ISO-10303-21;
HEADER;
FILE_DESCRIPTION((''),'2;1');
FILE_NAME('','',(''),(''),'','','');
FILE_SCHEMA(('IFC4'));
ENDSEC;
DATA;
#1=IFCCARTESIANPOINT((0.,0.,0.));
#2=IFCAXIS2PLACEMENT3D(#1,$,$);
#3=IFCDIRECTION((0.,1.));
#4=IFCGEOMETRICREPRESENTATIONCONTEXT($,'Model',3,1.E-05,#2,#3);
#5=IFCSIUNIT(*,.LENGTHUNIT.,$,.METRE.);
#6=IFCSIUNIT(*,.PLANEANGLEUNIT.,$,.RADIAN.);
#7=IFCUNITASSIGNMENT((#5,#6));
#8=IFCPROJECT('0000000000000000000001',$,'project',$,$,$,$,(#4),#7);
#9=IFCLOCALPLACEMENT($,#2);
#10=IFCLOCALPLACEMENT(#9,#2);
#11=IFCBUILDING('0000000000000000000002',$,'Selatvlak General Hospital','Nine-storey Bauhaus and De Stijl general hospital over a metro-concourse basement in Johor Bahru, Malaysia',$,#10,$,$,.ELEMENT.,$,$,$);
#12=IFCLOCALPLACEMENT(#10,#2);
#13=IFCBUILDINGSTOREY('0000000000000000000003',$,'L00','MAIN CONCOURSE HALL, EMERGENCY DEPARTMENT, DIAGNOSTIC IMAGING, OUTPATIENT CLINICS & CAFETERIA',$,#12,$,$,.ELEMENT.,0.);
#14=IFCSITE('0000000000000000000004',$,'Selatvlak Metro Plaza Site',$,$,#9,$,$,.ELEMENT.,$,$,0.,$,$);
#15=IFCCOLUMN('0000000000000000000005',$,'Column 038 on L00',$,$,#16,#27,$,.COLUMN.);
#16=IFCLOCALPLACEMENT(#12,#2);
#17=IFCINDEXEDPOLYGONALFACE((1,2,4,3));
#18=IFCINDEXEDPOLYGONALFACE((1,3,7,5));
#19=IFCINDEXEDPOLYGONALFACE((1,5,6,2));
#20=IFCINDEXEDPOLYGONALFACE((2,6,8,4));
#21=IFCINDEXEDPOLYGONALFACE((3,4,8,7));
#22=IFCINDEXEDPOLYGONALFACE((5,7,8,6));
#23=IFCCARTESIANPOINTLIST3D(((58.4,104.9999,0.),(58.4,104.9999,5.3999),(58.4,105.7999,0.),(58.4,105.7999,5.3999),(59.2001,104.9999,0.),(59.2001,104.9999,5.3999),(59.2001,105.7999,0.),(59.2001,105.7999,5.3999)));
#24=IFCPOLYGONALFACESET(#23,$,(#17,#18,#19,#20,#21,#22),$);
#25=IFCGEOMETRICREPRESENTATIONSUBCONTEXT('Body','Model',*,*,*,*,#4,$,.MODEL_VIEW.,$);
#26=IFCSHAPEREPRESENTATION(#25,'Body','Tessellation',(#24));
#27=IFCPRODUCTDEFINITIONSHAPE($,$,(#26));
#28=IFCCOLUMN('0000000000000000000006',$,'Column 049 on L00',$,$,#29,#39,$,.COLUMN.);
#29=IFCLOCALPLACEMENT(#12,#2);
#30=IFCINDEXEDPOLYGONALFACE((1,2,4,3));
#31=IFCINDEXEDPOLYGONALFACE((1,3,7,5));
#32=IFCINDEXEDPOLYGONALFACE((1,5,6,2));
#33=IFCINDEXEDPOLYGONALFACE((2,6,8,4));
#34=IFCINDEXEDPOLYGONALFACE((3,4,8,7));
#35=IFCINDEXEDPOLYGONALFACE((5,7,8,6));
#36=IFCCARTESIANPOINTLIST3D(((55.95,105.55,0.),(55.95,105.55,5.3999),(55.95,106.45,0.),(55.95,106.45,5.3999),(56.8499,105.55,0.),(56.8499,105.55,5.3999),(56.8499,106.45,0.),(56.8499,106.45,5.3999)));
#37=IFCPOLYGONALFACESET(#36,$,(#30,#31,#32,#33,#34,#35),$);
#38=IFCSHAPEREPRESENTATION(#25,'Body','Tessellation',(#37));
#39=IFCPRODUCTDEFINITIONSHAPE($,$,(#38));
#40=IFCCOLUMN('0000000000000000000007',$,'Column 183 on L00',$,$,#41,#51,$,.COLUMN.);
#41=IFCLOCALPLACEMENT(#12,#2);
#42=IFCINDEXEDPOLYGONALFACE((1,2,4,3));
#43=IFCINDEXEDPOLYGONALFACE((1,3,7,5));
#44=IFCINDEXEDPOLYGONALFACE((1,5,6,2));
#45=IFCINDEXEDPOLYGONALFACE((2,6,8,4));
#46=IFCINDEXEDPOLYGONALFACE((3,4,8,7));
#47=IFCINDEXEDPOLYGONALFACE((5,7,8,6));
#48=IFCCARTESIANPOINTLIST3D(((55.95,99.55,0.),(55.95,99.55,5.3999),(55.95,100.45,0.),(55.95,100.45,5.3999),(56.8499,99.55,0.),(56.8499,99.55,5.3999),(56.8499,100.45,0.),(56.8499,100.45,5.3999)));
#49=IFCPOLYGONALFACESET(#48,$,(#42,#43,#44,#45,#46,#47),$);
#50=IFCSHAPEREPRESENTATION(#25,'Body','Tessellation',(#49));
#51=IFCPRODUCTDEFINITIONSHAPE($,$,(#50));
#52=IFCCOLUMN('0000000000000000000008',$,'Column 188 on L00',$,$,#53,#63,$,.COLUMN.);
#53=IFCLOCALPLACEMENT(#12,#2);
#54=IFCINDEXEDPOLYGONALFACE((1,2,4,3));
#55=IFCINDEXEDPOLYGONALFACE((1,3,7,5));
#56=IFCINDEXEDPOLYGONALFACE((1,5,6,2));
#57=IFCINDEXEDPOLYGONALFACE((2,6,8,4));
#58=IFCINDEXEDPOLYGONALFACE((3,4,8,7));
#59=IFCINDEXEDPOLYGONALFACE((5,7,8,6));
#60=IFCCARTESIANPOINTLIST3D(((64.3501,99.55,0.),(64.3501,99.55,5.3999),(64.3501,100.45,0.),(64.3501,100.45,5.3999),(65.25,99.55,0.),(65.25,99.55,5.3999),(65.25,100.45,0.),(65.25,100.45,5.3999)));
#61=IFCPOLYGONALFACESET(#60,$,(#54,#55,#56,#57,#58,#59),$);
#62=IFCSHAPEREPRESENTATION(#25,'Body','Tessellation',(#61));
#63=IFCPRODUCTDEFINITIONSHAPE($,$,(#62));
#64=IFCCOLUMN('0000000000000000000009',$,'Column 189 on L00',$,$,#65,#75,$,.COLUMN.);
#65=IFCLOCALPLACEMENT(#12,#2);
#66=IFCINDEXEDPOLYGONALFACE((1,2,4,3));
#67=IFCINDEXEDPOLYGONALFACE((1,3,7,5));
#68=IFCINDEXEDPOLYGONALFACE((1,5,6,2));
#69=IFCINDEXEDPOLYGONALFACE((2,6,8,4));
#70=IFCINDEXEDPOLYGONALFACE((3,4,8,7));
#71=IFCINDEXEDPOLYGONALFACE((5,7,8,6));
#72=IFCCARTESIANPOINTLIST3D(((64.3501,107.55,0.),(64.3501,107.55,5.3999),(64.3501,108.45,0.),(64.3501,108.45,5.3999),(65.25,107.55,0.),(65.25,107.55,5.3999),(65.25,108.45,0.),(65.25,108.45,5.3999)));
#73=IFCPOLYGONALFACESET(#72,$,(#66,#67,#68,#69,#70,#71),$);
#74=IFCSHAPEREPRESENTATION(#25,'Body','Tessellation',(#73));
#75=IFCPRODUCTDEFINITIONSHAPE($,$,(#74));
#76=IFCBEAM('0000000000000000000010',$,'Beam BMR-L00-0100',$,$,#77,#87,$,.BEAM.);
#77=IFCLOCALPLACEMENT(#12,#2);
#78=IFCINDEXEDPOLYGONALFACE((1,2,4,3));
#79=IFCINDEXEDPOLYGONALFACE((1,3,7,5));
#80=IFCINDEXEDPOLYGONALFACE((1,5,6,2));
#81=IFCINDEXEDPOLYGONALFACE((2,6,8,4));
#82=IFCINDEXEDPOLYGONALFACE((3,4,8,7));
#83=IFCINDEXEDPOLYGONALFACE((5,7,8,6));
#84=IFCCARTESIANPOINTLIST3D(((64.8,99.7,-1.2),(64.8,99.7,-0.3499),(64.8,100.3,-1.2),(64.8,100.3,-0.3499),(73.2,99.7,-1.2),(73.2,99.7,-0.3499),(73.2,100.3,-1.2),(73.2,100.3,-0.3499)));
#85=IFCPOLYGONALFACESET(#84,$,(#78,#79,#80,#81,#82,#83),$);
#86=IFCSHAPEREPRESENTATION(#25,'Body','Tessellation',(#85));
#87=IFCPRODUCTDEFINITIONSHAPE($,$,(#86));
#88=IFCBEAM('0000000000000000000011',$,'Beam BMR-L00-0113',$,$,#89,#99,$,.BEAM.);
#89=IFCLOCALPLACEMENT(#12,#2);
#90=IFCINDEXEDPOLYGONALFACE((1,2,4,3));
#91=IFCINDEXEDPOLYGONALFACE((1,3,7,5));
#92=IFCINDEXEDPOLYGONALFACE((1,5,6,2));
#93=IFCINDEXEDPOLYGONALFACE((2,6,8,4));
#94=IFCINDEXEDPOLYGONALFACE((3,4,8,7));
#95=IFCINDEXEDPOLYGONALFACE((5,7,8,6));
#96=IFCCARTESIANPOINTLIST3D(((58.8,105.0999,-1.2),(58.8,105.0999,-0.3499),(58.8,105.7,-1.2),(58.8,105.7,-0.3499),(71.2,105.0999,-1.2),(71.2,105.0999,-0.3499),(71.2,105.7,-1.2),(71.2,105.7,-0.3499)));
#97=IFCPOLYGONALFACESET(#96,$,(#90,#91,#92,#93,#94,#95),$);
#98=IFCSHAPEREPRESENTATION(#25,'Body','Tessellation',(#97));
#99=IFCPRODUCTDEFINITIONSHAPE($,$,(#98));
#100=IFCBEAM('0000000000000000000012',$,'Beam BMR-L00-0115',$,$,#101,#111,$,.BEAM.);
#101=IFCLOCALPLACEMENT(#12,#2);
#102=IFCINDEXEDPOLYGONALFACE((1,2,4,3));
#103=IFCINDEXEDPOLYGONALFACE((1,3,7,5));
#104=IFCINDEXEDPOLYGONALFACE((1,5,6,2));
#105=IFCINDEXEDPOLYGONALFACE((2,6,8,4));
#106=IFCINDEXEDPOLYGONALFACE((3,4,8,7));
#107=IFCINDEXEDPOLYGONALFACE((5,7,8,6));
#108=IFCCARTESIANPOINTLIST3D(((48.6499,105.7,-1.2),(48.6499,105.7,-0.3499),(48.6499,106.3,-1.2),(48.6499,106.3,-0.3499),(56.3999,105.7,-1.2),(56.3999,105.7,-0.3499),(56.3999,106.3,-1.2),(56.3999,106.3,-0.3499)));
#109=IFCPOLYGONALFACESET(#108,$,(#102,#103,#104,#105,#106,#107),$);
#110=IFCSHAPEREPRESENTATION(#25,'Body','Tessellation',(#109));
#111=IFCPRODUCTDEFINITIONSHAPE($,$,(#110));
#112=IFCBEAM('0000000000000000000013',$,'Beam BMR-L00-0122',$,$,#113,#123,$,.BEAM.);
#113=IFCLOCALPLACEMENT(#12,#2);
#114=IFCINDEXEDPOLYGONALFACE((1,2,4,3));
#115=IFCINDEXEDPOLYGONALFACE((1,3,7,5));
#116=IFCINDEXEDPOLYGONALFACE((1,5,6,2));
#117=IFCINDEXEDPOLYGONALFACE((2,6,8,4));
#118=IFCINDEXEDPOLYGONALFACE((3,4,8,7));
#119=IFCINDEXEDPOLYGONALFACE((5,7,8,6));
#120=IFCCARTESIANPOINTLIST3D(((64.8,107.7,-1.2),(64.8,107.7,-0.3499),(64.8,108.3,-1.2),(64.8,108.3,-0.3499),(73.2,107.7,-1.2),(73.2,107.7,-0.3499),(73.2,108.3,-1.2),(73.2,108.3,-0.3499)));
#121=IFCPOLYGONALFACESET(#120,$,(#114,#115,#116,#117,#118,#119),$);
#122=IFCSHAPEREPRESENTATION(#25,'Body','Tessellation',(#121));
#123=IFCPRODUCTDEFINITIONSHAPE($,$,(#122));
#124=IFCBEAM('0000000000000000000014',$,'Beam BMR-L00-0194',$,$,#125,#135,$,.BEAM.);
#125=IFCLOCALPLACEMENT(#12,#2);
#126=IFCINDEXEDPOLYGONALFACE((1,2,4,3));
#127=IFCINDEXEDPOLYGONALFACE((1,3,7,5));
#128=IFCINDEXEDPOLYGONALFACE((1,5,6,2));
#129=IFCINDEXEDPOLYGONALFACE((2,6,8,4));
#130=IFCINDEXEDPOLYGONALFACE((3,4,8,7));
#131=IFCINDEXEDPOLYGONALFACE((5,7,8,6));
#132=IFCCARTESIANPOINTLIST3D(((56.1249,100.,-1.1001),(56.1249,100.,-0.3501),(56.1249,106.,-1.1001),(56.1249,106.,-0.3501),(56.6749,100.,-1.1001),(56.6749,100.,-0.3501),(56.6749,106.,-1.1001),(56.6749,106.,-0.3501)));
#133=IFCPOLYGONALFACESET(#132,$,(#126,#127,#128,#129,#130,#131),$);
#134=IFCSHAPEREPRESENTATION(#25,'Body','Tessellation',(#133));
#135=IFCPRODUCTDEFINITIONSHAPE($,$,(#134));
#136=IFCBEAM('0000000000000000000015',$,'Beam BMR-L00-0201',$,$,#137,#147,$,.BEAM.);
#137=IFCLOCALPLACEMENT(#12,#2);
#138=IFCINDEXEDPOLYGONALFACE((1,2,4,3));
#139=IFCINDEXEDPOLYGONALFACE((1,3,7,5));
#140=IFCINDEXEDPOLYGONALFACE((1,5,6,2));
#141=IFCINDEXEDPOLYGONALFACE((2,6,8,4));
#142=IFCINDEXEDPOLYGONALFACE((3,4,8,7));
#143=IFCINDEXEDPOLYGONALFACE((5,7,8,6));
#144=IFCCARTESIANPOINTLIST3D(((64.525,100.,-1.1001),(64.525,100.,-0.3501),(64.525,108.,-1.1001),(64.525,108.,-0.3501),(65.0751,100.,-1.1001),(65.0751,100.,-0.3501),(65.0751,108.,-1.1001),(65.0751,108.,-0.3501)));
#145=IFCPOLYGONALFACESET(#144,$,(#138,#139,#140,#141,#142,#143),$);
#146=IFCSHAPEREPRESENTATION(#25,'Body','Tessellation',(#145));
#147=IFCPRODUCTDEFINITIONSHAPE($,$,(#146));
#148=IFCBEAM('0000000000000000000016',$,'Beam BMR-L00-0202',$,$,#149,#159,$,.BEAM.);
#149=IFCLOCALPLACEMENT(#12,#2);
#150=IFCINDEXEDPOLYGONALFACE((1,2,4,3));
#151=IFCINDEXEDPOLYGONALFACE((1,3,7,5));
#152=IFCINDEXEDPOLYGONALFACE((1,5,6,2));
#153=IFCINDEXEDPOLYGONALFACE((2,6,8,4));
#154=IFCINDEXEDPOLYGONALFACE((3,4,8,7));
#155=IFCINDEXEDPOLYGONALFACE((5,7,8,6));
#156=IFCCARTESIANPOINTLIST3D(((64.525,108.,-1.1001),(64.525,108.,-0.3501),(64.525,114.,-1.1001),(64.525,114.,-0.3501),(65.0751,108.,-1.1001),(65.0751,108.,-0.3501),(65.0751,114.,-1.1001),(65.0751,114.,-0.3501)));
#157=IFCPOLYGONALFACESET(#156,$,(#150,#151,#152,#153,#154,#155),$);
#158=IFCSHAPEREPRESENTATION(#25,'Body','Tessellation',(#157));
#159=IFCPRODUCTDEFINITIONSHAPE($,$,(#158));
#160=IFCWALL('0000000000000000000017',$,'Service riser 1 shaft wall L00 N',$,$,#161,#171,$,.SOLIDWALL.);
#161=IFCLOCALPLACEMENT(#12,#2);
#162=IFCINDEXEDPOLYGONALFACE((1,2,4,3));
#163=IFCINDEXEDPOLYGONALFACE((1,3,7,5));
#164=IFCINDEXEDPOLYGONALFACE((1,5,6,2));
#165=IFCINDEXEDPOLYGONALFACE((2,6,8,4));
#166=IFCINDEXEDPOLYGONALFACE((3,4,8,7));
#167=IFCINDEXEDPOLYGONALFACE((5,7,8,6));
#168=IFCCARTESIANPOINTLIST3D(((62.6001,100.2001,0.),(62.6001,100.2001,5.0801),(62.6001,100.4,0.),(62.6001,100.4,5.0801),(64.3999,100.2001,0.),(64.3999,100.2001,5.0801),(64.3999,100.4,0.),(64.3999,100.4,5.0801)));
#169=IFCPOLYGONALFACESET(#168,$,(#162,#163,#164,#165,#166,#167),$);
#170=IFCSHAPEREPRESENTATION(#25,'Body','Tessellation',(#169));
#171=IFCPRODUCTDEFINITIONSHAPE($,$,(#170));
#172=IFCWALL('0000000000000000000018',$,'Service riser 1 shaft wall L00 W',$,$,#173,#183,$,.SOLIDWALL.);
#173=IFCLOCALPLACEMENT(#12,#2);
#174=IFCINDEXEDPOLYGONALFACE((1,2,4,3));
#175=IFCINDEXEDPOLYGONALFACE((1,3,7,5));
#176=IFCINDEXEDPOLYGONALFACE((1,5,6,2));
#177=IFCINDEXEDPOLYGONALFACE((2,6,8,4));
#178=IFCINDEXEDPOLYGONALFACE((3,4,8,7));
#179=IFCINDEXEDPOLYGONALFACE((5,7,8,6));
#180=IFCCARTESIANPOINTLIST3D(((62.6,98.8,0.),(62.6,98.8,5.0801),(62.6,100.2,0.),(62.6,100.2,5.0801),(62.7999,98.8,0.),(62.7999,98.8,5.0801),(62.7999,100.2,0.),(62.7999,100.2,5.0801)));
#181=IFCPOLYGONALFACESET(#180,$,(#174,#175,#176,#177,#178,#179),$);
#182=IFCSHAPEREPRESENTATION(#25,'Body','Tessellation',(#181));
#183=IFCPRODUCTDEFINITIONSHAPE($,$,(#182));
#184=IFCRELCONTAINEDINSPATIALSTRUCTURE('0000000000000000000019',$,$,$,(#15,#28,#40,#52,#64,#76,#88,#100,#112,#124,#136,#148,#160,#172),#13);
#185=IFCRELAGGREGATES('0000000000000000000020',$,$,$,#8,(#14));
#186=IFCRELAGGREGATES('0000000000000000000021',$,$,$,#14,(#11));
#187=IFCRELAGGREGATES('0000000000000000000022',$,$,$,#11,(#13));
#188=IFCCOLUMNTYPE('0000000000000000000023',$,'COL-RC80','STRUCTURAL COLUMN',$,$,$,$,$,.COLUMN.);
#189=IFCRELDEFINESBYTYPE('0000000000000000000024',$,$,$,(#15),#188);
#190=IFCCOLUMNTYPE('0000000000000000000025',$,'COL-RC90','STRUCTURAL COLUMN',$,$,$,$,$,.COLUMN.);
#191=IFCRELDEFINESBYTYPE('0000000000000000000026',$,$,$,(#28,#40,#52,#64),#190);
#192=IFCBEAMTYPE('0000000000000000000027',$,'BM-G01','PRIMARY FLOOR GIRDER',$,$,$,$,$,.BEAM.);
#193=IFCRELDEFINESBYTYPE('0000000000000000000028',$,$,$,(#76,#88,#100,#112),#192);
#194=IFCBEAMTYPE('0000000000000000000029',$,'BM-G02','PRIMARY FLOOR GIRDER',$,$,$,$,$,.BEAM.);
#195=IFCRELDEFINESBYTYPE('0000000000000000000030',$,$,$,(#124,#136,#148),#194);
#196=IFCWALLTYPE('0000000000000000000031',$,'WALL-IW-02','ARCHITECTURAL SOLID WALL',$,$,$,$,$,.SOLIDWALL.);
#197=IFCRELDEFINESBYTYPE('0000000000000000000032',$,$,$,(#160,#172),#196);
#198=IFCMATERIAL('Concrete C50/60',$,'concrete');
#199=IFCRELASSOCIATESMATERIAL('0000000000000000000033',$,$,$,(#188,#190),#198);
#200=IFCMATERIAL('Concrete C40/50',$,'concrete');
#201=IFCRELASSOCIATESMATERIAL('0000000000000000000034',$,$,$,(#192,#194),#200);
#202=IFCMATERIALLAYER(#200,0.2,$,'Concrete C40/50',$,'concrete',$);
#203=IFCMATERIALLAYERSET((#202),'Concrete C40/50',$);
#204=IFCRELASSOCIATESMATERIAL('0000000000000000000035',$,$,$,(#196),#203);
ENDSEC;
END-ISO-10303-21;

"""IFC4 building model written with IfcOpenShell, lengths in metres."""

from ifc_helpers import new_model, si_unit, direction, frame, frame_2d, origin, origin_2d, place, context, subcontext, project, spatial, rectangle, extrude, material, layer, layer_set, material_profile, profile_set, type_object, element, save


model = new_model("IFC4")

# Units and contexts
model_context = context("Model", 3, precision=1e-05, world=origin(), true_north=direction((0.0, 1.0)))
body_context = subcontext(model_context, "Body", "Model", "MODEL_VIEW")
ifc_project = project(units=[si_unit("LENGTHUNIT", "METRE"), si_unit("PLANEANGLEUNIT", "RADIAN")], contexts=[model_context])

# Site, building, storey
site_placement = place(None, origin())
site = spatial("IfcSite", under=ifc_project, at=site_placement, Name="Selatvlak Metro Plaza Site", CompositionType="ELEMENT", RefElevation=0.0)
building_placement = place(site_placement, origin())
building = spatial("IfcBuilding", under=site, at=building_placement, Name="Selatvlak General Hospital", Description="Nine-storey Bauhaus and De Stijl general hospital over a metro-concourse basement in Johor Bahru, Malaysia", CompositionType="ELEMENT")
storey_placement = place(building_placement, origin())
storey = spatial("IfcBuildingStorey", under=building, at=storey_placement, Name="L00", Description="MAIN CONCOURSE HALL, EMERGENCY DEPARTMENT, DIAGNOSTIC IMAGING, OUTPATIENT CLINICS & CAFETERIA", CompositionType="ELEMENT", Elevation=0.0)

# Columns
ifc_material_1 = material(Name="Concrete C50/60", Category="concrete")
ifc_material_profile_1 = material_profile(ifc_material_1, rectangle(XDim=0.8, YDim=0.8, at=origin_2d()), Name="RC-COL 800x800")
ifc_profile_set_1 = profile_set([ifc_material_profile_1], Name="Concrete C50/60")
column_type_1 = type_object("IfcColumnType", Name="COL-RC80", Description="STRUCTURAL COLUMN", PredefinedType="COLUMN", material=ifc_profile_set_1)
column_placement = place(storey_placement, frame((58.8, 105.3999, 0.0), z_axis=(0.0, 0.0, 1.0), x_axis=(1.0, 0.0, 0.0)))
element("IfcColumn", 1, at=column_placement, inside=storey, type_object=column_type_1, Name="Column 038 on L00", PredefinedType="COLUMN", context=body_context, shape_type="SweptSolid", body=[
    extrude(rectangle(XDim=0.8, YDim=0.8, at=origin_2d()), origin(), (0.0, 0.0, 1.0), 5.3999),
])
ifc_material_profile_2 = material_profile(ifc_material_1, rectangle(XDim=0.8999, YDim=0.8999, at=origin_2d()), Name="RC-COL 900x900")
ifc_profile_set_2 = profile_set([ifc_material_profile_2], Name="Concrete C50/60")
column_type_2 = type_object("IfcColumnType", Name="COL-RC90", Description="STRUCTURAL COLUMN", PredefinedType="COLUMN", material=ifc_profile_set_2)
for number, where, z_axis, x_axis, name in (
    (2, (56.3999, 106.0, 0.0), (0.0, 0.0, 1.0), (1.0, 0.0, 0.0), "Column 049 on L00"),
    (3, (56.3999, 100.0, 0.0), (0.0, 0.0, 1.0), (1.0, 0.0, 0.0), "Column 183 on L00"),
    (4, (64.8, 100.0, 0.0), (0.0, 0.0, 1.0), (1.0, 0.0, 0.0), "Column 188 on L00"),
    (5, (64.8, 108.0, 0.0), (0.0, 0.0, 1.0), (1.0, 0.0, 0.0), "Column 189 on L00"),
):
    element("IfcColumn", number, at=place(storey_placement, frame(where, z_axis=z_axis, x_axis=x_axis)), inside=storey, type_object=column_type_2, Name=name, PredefinedType="COLUMN", context=body_context, shape_type="SweptSolid", body=[
        extrude(rectangle(XDim=0.8999, YDim=0.8999, at=origin_2d()), origin(), (0.0, 0.0, 1.0), 5.3999),
    ])

# Beams
ifc_material_2 = material(Name="Concrete C40/50", Category="concrete")
ifc_material_profile_3 = material_profile(ifc_material_2, rectangle(XDim=0.6001, YDim=0.8501, at=origin_2d()), Name="RC-BM 600x850")
ifc_profile_set_3 = profile_set([ifc_material_profile_3], Name="Concrete C40/50")
beam_type_1 = type_object("IfcBeamType", Name="BM-G01", Description="PRIMARY FLOOR GIRDER", PredefinedType="BEAM", material=ifc_profile_set_3)
beam_1_placement = place(storey_placement, frame((64.8, 100.0, -0.7749), z_axis=(1.0, 0.0, 0.0), x_axis=(0.0, 1.0, 0.0)))
element("IfcBeam", 6, at=beam_1_placement, inside=storey, type_object=beam_type_1, Name="Beam BMR-L00-0100", PredefinedType="BEAM", context=body_context, shape_type="SweptSolid", body=[
    extrude(rectangle(XDim=0.6001, YDim=0.8501, at=origin_2d()), origin(), (0.0, 0.0, 1.0), 8.3999),
])
beam_2_placement = place(storey_placement, frame((58.8, 105.3999, -0.7749), z_axis=(1.0, 0.0, 0.0), x_axis=(0.0, 1.0, 0.0)))
element("IfcBeam", 7, at=beam_2_placement, inside=storey, type_object=beam_type_1, Name="Beam BMR-L00-0113", PredefinedType="BEAM", context=body_context, shape_type="SweptSolid", body=[
    extrude(rectangle(XDim=0.6001, YDim=0.8501, at=origin_2d()), origin(), (0.0, 0.0, 1.0), 12.3999),
])
beam_3_placement = place(storey_placement, frame((48.6499, 106.0, -0.7749), z_axis=(1.0, 0.0, 0.0), x_axis=(0.0, 1.0, 0.0)))
element("IfcBeam", 8, at=beam_3_placement, inside=storey, type_object=beam_type_1, Name="Beam BMR-L00-0115", PredefinedType="BEAM", context=body_context, shape_type="SweptSolid", body=[
    extrude(rectangle(XDim=0.6001, YDim=0.8501, at=origin_2d()), origin(), (0.0, 0.0, 1.0), 7.75),
])
beam_4_placement = place(storey_placement, frame((64.8, 108.0, -0.7749), z_axis=(1.0, 0.0, 0.0), x_axis=(0.0, 1.0, 0.0)))
element("IfcBeam", 9, at=beam_4_placement, inside=storey, type_object=beam_type_1, Name="Beam BMR-L00-0122", PredefinedType="BEAM", context=body_context, shape_type="SweptSolid", body=[
    extrude(rectangle(XDim=0.6001, YDim=0.8501, at=origin_2d()), origin(), (0.0, 0.0, 1.0), 8.3999),
])
ifc_material_profile_4 = material_profile(ifc_material_2, rectangle(XDim=0.55, YDim=0.75, at=origin_2d()), Name="RC-BM 550x750")
ifc_profile_set_4 = profile_set([ifc_material_profile_4], Name="Concrete C40/50")
beam_type_2 = type_object("IfcBeamType", Name="BM-G02", Description="PRIMARY FLOOR GIRDER", PredefinedType="BEAM", material=ifc_profile_set_4)
beam_5_placement = place(storey_placement, frame((56.3999, 100.0, -0.7251), z_axis=(0.0, 1.0, 0.0), x_axis=(-1.0, 0.0, 0.0)))
element("IfcBeam", 10, at=beam_5_placement, inside=storey, type_object=beam_type_2, Name="Beam BMR-L00-0194", PredefinedType="BEAM", context=body_context, shape_type="SweptSolid", body=[
    extrude(rectangle(XDim=0.55, YDim=0.75, at=origin_2d()), origin(), (0.0, 0.0, 1.0), 6.0),
])
beam_6_placement = place(storey_placement, frame((64.8, 100.0, -0.7251), z_axis=(0.0, 1.0, 0.0), x_axis=(-1.0, 0.0, 0.0)))
element("IfcBeam", 11, at=beam_6_placement, inside=storey, type_object=beam_type_2, Name="Beam BMR-L00-0201", PredefinedType="BEAM", context=body_context, shape_type="SweptSolid", body=[
    extrude(rectangle(XDim=0.55, YDim=0.75, at=origin_2d()), origin(), (0.0, 0.0, 1.0), 8.0),
])
beam_7_placement = place(storey_placement, frame((64.8, 108.0, -0.7251), z_axis=(0.0, 1.0, 0.0), x_axis=(-1.0, 0.0, 0.0)))
element("IfcBeam", 12, at=beam_7_placement, inside=storey, type_object=beam_type_2, Name="Beam BMR-L00-0202", PredefinedType="BEAM", context=body_context, shape_type="SweptSolid", body=[
    extrude(rectangle(XDim=0.55, YDim=0.75, at=origin_2d()), origin(), (0.0, 0.0, 1.0), 6.0),
])

# Walls
ifc_layer_1 = layer(ifc_material_2, 0.2, Name="Concrete C40/50", Category="concrete")
ifc_layer_set_1 = layer_set([ifc_layer_1], Name="Concrete C40/50")
wall_type_1 = type_object("IfcWallType", Name="WALL-IW-02", Description="ARCHITECTURAL SOLID WALL", PredefinedType="SOLIDWALL", material=ifc_layer_set_1)
wall_1_placement = place(storey_placement, frame((64.3999, 100.3, 0.0), z_axis=(0.0, 0.0, 1.0), x_axis=(-1.0, 0.0, 0.0)))
element("IfcWall", 13, at=wall_1_placement, inside=storey, type_object=wall_type_1, Name="Service riser 1 shaft wall L00 N", PredefinedType="SOLIDWALL", context=body_context, shape_type="SweptSolid", body=[
    extrude(rectangle(XDim=1.7998, YDim=0.2, at=frame_2d((0.8999, 0.0))), origin(), (0.0, 0.0, 1.0), 5.0801),
])
wall_2_placement = place(storey_placement, frame((62.7, 100.2, 0.0), z_axis=(0.0, 0.0, 1.0), x_axis=(0.0, -1.0, 0.0)))
element("IfcWall", 14, at=wall_2_placement, inside=storey, type_object=wall_type_1, Name="Service riser 1 shaft wall L00 W", PredefinedType="SOLIDWALL", context=body_context, shape_type="SweptSolid", body=[
    extrude(rectangle(XDim=1.3999, YDim=0.2, at=frame_2d((0.7, 0.0))), origin(), (0.0, 0.0, 1.0), 5.0801),
])

save(model, "model.ifc")
